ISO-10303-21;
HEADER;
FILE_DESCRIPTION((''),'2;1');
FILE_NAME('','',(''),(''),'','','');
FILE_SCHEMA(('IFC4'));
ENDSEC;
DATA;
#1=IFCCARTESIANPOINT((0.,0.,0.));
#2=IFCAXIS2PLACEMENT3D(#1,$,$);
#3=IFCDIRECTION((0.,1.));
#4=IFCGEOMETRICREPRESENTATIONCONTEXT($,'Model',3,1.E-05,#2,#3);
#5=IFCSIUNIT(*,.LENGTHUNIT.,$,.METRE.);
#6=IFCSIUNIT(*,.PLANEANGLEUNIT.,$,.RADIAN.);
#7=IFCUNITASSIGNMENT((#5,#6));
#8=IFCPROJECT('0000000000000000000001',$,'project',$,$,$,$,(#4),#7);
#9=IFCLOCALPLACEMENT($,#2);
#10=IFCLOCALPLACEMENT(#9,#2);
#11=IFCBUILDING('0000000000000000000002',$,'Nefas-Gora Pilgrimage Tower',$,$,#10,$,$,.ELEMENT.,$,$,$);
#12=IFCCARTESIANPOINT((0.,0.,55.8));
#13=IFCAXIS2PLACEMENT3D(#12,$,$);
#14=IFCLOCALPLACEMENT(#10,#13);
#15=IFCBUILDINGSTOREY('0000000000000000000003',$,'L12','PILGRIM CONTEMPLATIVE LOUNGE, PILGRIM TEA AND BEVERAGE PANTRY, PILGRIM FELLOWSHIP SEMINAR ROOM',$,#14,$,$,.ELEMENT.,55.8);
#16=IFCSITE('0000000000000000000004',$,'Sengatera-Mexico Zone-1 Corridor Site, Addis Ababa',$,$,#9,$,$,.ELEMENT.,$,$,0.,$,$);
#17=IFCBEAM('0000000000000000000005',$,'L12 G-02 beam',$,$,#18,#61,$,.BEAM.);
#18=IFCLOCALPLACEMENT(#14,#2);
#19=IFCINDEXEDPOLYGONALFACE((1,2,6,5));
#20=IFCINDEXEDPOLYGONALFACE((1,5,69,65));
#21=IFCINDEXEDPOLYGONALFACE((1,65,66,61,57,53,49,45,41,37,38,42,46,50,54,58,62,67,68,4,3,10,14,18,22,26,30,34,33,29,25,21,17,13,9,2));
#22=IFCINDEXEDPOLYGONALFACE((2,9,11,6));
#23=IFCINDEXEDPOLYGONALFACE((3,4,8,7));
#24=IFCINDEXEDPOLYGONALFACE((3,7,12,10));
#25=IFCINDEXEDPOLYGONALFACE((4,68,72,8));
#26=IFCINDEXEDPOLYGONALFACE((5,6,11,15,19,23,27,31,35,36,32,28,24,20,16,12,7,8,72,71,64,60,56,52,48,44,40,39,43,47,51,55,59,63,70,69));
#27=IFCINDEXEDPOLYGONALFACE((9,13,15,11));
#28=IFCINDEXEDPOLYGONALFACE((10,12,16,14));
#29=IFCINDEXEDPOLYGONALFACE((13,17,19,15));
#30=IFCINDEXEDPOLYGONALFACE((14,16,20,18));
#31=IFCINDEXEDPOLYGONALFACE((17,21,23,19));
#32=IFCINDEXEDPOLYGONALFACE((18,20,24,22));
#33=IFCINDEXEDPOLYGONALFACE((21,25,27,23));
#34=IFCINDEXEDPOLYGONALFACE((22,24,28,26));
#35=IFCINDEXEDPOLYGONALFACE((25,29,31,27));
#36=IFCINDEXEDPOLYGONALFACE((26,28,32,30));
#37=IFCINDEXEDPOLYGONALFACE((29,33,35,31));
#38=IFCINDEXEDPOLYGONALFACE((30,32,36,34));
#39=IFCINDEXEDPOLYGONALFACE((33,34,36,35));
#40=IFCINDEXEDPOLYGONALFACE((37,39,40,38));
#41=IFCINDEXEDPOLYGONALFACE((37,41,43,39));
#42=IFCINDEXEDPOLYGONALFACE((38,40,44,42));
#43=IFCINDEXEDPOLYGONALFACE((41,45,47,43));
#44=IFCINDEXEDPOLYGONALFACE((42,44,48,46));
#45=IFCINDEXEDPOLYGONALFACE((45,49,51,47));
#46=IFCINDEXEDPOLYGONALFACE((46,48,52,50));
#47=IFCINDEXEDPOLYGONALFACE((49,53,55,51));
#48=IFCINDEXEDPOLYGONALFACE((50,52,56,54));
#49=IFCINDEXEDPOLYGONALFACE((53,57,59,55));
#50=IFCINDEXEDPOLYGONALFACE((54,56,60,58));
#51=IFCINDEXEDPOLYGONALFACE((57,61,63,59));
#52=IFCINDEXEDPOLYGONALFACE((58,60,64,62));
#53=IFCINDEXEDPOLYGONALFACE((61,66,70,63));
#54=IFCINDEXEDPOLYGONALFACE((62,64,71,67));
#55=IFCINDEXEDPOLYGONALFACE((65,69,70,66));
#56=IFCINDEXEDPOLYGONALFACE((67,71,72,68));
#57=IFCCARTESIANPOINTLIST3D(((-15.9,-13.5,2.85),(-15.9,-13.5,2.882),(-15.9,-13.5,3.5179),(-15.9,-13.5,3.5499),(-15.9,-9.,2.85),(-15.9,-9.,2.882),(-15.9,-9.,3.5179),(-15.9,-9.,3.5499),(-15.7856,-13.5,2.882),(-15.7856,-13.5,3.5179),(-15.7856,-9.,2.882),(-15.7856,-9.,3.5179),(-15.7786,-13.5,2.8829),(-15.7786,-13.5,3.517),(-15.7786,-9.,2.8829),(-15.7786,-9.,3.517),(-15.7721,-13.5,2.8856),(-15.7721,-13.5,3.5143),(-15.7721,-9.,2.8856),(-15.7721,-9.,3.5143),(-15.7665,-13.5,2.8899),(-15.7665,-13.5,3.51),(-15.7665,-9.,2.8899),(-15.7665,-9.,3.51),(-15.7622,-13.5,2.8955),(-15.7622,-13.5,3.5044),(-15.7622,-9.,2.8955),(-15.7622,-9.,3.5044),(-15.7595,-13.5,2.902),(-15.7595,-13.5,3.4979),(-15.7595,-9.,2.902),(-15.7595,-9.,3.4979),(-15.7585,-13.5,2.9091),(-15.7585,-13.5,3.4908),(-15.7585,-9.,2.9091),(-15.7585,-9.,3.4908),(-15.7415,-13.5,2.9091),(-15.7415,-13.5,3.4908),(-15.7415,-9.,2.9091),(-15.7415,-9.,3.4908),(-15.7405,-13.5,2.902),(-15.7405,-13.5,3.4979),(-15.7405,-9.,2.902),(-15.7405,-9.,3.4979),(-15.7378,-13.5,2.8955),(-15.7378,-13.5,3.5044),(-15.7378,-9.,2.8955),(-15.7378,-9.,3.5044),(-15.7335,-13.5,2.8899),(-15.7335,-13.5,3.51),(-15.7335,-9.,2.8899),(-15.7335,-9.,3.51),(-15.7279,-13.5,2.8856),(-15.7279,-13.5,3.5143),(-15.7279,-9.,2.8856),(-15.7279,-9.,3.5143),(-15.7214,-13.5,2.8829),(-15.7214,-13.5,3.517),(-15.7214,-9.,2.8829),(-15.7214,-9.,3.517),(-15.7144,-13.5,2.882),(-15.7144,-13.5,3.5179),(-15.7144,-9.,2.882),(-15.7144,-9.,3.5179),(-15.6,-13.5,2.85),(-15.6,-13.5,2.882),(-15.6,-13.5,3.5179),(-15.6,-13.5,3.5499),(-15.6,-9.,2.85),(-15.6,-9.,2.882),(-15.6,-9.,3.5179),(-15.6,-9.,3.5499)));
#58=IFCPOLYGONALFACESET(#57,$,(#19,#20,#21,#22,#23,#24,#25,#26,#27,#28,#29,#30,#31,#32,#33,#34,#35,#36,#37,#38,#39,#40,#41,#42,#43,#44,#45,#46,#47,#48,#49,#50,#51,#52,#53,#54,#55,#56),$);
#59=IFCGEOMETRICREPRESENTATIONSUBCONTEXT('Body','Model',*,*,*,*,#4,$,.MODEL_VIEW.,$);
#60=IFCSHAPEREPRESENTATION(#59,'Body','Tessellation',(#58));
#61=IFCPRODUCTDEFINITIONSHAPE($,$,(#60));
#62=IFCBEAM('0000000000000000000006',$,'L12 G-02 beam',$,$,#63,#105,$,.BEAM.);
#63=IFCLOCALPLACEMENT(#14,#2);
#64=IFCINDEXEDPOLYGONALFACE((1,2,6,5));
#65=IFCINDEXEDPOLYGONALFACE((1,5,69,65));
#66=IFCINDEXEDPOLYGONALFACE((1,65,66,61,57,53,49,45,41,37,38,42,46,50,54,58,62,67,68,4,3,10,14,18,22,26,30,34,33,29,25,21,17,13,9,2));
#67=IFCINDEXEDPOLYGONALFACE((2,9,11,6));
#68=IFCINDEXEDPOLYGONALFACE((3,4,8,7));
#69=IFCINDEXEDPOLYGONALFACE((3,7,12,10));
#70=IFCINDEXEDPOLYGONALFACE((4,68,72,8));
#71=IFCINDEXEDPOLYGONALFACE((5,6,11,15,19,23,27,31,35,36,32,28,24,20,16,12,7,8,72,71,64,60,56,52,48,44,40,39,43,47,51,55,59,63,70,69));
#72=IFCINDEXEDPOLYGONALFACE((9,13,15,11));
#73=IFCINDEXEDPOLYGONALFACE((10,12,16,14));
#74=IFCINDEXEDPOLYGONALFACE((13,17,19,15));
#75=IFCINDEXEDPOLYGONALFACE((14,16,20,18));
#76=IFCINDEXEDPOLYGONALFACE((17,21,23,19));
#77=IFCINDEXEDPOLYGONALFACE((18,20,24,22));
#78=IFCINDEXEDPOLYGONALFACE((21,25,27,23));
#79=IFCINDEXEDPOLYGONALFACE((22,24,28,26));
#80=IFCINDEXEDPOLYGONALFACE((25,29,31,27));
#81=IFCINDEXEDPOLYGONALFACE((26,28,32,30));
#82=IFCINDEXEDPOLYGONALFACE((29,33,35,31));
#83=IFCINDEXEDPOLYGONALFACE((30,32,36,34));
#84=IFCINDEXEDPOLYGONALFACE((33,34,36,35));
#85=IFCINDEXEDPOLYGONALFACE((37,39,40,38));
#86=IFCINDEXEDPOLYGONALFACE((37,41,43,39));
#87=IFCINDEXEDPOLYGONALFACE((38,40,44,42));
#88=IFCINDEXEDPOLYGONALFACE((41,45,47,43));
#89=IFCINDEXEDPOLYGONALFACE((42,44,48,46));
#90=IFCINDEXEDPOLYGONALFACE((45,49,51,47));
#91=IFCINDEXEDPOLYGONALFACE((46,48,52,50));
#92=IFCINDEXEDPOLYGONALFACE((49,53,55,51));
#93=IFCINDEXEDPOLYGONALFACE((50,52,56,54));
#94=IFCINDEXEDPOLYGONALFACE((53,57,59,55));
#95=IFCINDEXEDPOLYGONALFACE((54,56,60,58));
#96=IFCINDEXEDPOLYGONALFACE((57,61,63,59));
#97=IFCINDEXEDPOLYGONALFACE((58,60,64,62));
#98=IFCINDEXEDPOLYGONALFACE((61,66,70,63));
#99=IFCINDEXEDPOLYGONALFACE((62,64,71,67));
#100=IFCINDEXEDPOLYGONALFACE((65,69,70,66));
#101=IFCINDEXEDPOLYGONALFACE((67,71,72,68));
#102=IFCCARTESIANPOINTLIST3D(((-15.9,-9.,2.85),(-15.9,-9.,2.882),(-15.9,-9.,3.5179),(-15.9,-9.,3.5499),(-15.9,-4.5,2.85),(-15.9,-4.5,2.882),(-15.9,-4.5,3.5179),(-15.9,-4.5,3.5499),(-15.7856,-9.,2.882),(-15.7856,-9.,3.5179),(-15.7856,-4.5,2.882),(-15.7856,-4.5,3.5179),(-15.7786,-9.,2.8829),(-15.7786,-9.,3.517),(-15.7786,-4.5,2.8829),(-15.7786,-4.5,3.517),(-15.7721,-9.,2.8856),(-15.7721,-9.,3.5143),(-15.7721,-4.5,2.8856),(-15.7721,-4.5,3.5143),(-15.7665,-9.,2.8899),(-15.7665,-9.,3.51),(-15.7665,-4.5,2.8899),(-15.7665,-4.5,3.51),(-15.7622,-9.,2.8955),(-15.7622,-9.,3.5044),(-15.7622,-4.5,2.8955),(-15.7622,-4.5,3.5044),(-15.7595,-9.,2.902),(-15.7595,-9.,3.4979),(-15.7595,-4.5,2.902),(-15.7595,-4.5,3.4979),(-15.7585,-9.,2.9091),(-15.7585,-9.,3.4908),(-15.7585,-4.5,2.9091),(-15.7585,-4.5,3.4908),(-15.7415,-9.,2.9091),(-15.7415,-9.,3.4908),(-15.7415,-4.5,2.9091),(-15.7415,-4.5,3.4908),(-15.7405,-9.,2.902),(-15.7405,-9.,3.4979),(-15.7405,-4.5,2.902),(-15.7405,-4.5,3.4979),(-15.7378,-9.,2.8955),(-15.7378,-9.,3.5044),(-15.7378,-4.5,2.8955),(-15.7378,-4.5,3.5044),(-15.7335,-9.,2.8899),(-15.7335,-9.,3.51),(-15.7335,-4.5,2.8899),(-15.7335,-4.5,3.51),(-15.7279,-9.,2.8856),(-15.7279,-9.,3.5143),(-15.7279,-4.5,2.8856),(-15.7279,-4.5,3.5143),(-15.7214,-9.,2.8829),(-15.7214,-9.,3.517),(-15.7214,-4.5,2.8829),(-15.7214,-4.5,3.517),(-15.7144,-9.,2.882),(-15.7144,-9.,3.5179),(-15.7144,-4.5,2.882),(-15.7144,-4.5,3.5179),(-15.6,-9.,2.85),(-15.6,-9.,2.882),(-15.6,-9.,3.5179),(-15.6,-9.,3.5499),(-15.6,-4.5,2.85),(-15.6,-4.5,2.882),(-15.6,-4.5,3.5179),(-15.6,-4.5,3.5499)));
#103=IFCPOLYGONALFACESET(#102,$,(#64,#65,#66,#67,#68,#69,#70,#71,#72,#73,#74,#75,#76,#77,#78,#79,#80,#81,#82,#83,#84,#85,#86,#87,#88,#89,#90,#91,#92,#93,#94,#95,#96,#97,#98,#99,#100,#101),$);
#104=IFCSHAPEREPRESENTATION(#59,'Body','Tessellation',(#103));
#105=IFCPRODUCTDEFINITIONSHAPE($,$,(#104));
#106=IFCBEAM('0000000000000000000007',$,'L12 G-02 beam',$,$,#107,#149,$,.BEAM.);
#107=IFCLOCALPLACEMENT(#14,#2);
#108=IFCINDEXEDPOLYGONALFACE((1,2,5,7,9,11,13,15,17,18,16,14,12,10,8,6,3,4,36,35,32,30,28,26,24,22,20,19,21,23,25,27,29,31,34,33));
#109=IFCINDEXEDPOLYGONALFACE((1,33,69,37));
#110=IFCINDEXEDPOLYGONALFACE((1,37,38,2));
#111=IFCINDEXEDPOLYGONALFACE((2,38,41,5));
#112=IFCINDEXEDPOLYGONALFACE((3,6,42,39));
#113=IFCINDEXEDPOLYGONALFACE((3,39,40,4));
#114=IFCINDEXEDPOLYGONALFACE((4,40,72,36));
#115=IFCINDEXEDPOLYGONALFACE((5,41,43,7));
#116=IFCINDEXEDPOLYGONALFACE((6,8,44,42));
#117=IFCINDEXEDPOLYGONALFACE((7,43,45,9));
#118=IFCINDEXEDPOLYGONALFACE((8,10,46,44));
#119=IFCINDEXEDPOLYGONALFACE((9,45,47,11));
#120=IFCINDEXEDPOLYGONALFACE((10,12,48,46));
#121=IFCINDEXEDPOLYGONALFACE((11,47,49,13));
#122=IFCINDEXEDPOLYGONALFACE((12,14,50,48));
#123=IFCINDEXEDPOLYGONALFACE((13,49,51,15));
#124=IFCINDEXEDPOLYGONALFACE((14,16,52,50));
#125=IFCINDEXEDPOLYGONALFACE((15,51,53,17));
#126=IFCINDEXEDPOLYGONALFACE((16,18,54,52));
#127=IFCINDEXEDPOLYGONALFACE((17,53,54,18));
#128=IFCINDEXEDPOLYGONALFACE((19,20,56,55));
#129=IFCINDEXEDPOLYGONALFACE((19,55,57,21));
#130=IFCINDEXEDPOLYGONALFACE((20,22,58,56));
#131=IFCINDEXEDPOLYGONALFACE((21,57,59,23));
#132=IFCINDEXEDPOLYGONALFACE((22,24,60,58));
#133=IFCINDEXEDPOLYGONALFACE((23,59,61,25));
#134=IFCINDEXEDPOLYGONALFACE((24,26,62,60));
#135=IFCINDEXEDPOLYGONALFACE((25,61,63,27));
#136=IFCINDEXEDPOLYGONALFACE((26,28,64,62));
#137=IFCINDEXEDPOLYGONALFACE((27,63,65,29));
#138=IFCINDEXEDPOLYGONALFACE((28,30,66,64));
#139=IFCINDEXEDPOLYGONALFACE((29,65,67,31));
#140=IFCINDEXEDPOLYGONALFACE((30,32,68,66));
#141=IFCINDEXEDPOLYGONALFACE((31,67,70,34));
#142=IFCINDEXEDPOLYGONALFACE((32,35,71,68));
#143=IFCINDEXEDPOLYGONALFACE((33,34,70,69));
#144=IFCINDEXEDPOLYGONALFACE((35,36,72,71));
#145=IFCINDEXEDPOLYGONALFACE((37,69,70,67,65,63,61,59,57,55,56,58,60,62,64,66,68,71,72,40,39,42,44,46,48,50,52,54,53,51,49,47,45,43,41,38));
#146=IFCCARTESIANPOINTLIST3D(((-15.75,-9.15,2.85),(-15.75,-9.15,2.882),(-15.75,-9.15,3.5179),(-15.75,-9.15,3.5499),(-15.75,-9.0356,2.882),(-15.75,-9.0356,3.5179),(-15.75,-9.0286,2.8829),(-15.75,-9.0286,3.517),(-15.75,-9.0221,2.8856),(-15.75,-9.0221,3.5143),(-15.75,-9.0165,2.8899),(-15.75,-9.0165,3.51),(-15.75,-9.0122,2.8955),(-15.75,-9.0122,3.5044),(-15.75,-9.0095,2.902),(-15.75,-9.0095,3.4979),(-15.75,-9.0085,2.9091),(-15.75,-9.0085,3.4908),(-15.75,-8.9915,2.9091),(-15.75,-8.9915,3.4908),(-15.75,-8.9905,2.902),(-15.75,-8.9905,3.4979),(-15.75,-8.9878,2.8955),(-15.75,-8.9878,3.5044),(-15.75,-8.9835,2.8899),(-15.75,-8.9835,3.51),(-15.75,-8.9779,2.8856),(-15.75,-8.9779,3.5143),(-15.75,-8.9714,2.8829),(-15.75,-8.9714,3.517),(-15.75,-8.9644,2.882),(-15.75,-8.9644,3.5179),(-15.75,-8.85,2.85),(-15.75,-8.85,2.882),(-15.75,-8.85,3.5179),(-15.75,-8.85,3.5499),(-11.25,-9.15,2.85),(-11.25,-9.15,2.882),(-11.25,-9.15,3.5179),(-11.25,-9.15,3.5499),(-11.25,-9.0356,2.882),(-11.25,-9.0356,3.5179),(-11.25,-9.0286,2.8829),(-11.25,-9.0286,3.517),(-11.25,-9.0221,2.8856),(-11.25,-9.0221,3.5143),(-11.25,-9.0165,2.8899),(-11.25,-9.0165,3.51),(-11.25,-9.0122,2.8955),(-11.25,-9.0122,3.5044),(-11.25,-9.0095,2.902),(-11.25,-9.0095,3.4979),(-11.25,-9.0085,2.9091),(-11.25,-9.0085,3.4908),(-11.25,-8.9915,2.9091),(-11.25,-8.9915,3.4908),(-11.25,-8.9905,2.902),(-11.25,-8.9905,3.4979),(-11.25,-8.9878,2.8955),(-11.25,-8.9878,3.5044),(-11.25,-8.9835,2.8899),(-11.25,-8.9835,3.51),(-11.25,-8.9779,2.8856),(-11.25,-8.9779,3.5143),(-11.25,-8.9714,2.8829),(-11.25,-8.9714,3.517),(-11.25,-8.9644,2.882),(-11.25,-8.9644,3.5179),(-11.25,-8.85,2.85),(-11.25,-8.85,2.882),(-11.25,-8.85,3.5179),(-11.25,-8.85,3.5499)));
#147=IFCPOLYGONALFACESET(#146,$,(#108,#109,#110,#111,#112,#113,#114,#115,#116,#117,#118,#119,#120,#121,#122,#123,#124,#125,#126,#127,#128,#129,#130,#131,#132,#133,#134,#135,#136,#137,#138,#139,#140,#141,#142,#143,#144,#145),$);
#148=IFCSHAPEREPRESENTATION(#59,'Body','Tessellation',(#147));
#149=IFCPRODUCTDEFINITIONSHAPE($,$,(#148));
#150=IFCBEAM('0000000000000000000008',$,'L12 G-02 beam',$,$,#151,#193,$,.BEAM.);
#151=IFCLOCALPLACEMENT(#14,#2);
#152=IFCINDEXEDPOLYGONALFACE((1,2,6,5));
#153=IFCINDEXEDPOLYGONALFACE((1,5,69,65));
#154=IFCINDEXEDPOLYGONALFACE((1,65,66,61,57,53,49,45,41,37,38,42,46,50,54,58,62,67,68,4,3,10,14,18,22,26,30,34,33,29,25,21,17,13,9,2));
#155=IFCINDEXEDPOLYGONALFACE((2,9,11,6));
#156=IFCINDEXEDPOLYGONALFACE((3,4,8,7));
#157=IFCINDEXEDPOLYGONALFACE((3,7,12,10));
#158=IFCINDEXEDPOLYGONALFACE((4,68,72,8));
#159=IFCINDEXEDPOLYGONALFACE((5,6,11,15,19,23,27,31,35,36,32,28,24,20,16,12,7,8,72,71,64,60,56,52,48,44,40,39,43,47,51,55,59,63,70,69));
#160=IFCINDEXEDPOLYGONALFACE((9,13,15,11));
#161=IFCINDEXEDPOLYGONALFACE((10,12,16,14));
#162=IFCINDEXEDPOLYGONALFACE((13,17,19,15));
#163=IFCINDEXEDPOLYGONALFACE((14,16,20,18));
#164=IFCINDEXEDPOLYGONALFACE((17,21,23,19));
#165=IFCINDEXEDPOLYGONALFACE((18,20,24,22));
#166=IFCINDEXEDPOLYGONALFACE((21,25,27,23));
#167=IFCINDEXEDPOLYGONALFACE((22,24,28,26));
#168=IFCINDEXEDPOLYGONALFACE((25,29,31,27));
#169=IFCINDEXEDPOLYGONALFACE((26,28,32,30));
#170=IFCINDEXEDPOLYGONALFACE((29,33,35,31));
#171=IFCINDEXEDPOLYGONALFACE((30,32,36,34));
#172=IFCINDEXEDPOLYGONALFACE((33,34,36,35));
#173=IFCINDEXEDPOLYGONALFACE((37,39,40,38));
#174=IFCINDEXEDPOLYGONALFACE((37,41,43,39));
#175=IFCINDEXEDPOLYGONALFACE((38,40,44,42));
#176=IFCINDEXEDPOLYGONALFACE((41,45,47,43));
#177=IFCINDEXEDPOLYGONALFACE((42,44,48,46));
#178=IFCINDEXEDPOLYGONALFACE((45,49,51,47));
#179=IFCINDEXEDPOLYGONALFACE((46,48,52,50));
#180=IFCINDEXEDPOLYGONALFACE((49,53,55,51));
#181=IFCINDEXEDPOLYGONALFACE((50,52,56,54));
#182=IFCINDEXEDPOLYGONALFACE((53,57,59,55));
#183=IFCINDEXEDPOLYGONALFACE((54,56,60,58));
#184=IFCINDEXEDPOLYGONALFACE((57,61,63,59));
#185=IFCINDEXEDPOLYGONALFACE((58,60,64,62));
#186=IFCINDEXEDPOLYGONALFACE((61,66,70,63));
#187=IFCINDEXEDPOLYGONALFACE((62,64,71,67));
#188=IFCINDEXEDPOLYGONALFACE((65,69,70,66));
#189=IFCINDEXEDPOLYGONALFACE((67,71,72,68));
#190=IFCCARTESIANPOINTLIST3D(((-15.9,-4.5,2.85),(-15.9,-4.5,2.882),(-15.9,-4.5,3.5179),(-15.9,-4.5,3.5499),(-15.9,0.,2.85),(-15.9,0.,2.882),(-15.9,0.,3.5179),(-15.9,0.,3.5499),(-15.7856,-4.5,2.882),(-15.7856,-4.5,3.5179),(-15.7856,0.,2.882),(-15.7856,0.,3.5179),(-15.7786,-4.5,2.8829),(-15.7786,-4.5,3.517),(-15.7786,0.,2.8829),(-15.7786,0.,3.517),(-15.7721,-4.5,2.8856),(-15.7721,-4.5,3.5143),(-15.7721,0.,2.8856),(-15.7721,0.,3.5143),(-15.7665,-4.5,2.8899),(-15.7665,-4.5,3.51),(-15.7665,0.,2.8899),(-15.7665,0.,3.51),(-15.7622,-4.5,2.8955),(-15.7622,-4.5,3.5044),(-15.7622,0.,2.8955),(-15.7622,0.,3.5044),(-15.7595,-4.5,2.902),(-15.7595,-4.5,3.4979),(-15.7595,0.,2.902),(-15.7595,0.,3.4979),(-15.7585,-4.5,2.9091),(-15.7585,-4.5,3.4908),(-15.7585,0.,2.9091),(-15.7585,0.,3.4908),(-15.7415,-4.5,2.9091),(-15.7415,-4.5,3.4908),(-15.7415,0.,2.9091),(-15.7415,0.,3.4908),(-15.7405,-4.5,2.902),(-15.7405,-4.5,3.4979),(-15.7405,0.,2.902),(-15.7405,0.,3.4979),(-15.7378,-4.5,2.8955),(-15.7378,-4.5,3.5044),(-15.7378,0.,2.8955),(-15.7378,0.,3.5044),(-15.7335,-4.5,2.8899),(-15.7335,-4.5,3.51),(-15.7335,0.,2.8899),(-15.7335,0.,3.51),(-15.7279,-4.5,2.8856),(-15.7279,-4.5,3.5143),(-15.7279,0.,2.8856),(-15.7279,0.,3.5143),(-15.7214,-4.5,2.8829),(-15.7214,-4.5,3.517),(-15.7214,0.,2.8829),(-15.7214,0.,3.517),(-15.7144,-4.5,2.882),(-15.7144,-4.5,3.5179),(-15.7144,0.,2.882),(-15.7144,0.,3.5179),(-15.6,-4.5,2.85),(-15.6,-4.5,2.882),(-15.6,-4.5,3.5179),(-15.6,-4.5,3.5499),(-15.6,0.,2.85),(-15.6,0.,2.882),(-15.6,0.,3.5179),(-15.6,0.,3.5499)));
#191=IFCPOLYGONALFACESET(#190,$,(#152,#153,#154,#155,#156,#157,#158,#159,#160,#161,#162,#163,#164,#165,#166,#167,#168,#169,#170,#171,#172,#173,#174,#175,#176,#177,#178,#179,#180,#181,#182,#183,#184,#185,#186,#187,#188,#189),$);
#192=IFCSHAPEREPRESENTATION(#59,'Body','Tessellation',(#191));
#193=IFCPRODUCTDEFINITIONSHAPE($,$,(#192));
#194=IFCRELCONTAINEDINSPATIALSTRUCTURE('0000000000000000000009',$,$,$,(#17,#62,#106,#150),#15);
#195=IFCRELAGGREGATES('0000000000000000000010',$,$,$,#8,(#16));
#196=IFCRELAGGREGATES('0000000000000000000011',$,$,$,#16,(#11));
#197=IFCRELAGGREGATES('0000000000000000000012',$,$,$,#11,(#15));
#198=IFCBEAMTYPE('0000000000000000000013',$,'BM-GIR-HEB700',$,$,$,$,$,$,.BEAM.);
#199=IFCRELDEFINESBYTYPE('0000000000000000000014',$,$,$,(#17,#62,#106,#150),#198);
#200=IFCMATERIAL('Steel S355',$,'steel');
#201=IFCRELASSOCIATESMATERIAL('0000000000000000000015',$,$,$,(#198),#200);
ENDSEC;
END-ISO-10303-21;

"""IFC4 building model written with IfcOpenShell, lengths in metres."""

from ifc_helpers import new_model, si_unit, direction, frame, origin, origin_2d, place, context, subcontext, project, spatial, i_section, extrude, source, transform, mapped, material, material_profile, profile_set, type_object, element, save


model = new_model("IFC4")

# Units and contexts
model_context = context("Model", 3, precision=1e-05, world=origin(), true_north=direction((0.0, 1.0)))
body_context = subcontext(model_context, "Body", "Model", "MODEL_VIEW")
ifc_project = project(units=[si_unit("LENGTHUNIT", "METRE"), si_unit("PLANEANGLEUNIT", "RADIAN")], contexts=[model_context])

# Site, building, storey
site_placement = place(None, origin())
site = spatial("IfcSite", under=ifc_project, at=site_placement, Name="Sengatera-Mexico Zone-1 Corridor Site, Addis Ababa", CompositionType="ELEMENT", RefElevation=0.0)
building_placement = place(site_placement, origin())
building = spatial("IfcBuilding", under=site, at=building_placement, Name="Nefas-Gora Pilgrimage Tower", CompositionType="ELEMENT")
storey_placement = place(building_placement, frame((0.0, 0.0, 55.8)))
storey = spatial("IfcBuildingStorey", under=building, at=storey_placement, Name="L12", Description="PILGRIM CONTEMPLATIVE LOUNGE, PILGRIM TEA AND BEVERAGE PANTRY, PILGRIM FELLOWSHIP SEMINAR ROOM", CompositionType="ELEMENT", Elevation=55.8)

# Beams
ifc_material_1 = material(Name="Steel S355", Category="steel")
ifc_material_profile_1 = material_profile(ifc_material_1, i_section(OverallWidth=0.3, OverallDepth=0.7, WebThickness=0.0171, FlangeThickness=0.032, FilletRadius=0.0271, at=origin_2d()), Name="HEB 700")
ifc_profile_set_1 = profile_set([ifc_material_profile_1], Name="Steel S355")
beam_type = type_object("IfcBeamType", Name="BM-GIR-HEB700", PredefinedType="BEAM", material=ifc_profile_set_1)
shared_shape_1 = source(origin(), body_context, "Body", "SweptSolid", [
    extrude(i_section(OverallWidth=0.3, OverallDepth=0.7, WebThickness=0.0171, FlangeThickness=0.032, FilletRadius=0.0271, at=origin_2d()), origin(), (0.0, 0.0, 1.0), 4.5),
])
for number, where, z_axis, x_axis, name in (
    (1, (-15.75, -13.5, 3.2), (0.0, 1.0, 0.0), (-1.0, 0.0, 0.0), "L12 G-02 beam"),
    (2, (-15.75, -9.0, 3.2), (0.0, 1.0, 0.0), (-1.0, 0.0, 0.0), "L12 G-02 beam"),
    (3, (-15.75, -9.0, 3.2), (1.0, 0.0, 0.0), (0.0, 1.0, 0.0), "L12 G-02 beam"),
    (4, (-15.75, -4.5, 3.2), (0.0, 1.0, 0.0), (-1.0, 0.0, 0.0), "L12 G-02 beam"),
):
    element("IfcBeam", number, at=place(storey_placement, frame(where, z_axis=z_axis, x_axis=x_axis)), inside=storey, type_object=beam_type, Name=name, PredefinedType="BEAM", context=body_context, shape_type="MappedRepresentation", body=[
        mapped(shared_shape_1, transform((0.0, 0.0, 0.0), x_axis=(1.0, 0.0, 0.0), y_axis=(0.0, 1.0, 0.0), z_axis=(0.0, 0.0, 1.0), scale=1.0)),
    ])

save(model, "model.ifc")
